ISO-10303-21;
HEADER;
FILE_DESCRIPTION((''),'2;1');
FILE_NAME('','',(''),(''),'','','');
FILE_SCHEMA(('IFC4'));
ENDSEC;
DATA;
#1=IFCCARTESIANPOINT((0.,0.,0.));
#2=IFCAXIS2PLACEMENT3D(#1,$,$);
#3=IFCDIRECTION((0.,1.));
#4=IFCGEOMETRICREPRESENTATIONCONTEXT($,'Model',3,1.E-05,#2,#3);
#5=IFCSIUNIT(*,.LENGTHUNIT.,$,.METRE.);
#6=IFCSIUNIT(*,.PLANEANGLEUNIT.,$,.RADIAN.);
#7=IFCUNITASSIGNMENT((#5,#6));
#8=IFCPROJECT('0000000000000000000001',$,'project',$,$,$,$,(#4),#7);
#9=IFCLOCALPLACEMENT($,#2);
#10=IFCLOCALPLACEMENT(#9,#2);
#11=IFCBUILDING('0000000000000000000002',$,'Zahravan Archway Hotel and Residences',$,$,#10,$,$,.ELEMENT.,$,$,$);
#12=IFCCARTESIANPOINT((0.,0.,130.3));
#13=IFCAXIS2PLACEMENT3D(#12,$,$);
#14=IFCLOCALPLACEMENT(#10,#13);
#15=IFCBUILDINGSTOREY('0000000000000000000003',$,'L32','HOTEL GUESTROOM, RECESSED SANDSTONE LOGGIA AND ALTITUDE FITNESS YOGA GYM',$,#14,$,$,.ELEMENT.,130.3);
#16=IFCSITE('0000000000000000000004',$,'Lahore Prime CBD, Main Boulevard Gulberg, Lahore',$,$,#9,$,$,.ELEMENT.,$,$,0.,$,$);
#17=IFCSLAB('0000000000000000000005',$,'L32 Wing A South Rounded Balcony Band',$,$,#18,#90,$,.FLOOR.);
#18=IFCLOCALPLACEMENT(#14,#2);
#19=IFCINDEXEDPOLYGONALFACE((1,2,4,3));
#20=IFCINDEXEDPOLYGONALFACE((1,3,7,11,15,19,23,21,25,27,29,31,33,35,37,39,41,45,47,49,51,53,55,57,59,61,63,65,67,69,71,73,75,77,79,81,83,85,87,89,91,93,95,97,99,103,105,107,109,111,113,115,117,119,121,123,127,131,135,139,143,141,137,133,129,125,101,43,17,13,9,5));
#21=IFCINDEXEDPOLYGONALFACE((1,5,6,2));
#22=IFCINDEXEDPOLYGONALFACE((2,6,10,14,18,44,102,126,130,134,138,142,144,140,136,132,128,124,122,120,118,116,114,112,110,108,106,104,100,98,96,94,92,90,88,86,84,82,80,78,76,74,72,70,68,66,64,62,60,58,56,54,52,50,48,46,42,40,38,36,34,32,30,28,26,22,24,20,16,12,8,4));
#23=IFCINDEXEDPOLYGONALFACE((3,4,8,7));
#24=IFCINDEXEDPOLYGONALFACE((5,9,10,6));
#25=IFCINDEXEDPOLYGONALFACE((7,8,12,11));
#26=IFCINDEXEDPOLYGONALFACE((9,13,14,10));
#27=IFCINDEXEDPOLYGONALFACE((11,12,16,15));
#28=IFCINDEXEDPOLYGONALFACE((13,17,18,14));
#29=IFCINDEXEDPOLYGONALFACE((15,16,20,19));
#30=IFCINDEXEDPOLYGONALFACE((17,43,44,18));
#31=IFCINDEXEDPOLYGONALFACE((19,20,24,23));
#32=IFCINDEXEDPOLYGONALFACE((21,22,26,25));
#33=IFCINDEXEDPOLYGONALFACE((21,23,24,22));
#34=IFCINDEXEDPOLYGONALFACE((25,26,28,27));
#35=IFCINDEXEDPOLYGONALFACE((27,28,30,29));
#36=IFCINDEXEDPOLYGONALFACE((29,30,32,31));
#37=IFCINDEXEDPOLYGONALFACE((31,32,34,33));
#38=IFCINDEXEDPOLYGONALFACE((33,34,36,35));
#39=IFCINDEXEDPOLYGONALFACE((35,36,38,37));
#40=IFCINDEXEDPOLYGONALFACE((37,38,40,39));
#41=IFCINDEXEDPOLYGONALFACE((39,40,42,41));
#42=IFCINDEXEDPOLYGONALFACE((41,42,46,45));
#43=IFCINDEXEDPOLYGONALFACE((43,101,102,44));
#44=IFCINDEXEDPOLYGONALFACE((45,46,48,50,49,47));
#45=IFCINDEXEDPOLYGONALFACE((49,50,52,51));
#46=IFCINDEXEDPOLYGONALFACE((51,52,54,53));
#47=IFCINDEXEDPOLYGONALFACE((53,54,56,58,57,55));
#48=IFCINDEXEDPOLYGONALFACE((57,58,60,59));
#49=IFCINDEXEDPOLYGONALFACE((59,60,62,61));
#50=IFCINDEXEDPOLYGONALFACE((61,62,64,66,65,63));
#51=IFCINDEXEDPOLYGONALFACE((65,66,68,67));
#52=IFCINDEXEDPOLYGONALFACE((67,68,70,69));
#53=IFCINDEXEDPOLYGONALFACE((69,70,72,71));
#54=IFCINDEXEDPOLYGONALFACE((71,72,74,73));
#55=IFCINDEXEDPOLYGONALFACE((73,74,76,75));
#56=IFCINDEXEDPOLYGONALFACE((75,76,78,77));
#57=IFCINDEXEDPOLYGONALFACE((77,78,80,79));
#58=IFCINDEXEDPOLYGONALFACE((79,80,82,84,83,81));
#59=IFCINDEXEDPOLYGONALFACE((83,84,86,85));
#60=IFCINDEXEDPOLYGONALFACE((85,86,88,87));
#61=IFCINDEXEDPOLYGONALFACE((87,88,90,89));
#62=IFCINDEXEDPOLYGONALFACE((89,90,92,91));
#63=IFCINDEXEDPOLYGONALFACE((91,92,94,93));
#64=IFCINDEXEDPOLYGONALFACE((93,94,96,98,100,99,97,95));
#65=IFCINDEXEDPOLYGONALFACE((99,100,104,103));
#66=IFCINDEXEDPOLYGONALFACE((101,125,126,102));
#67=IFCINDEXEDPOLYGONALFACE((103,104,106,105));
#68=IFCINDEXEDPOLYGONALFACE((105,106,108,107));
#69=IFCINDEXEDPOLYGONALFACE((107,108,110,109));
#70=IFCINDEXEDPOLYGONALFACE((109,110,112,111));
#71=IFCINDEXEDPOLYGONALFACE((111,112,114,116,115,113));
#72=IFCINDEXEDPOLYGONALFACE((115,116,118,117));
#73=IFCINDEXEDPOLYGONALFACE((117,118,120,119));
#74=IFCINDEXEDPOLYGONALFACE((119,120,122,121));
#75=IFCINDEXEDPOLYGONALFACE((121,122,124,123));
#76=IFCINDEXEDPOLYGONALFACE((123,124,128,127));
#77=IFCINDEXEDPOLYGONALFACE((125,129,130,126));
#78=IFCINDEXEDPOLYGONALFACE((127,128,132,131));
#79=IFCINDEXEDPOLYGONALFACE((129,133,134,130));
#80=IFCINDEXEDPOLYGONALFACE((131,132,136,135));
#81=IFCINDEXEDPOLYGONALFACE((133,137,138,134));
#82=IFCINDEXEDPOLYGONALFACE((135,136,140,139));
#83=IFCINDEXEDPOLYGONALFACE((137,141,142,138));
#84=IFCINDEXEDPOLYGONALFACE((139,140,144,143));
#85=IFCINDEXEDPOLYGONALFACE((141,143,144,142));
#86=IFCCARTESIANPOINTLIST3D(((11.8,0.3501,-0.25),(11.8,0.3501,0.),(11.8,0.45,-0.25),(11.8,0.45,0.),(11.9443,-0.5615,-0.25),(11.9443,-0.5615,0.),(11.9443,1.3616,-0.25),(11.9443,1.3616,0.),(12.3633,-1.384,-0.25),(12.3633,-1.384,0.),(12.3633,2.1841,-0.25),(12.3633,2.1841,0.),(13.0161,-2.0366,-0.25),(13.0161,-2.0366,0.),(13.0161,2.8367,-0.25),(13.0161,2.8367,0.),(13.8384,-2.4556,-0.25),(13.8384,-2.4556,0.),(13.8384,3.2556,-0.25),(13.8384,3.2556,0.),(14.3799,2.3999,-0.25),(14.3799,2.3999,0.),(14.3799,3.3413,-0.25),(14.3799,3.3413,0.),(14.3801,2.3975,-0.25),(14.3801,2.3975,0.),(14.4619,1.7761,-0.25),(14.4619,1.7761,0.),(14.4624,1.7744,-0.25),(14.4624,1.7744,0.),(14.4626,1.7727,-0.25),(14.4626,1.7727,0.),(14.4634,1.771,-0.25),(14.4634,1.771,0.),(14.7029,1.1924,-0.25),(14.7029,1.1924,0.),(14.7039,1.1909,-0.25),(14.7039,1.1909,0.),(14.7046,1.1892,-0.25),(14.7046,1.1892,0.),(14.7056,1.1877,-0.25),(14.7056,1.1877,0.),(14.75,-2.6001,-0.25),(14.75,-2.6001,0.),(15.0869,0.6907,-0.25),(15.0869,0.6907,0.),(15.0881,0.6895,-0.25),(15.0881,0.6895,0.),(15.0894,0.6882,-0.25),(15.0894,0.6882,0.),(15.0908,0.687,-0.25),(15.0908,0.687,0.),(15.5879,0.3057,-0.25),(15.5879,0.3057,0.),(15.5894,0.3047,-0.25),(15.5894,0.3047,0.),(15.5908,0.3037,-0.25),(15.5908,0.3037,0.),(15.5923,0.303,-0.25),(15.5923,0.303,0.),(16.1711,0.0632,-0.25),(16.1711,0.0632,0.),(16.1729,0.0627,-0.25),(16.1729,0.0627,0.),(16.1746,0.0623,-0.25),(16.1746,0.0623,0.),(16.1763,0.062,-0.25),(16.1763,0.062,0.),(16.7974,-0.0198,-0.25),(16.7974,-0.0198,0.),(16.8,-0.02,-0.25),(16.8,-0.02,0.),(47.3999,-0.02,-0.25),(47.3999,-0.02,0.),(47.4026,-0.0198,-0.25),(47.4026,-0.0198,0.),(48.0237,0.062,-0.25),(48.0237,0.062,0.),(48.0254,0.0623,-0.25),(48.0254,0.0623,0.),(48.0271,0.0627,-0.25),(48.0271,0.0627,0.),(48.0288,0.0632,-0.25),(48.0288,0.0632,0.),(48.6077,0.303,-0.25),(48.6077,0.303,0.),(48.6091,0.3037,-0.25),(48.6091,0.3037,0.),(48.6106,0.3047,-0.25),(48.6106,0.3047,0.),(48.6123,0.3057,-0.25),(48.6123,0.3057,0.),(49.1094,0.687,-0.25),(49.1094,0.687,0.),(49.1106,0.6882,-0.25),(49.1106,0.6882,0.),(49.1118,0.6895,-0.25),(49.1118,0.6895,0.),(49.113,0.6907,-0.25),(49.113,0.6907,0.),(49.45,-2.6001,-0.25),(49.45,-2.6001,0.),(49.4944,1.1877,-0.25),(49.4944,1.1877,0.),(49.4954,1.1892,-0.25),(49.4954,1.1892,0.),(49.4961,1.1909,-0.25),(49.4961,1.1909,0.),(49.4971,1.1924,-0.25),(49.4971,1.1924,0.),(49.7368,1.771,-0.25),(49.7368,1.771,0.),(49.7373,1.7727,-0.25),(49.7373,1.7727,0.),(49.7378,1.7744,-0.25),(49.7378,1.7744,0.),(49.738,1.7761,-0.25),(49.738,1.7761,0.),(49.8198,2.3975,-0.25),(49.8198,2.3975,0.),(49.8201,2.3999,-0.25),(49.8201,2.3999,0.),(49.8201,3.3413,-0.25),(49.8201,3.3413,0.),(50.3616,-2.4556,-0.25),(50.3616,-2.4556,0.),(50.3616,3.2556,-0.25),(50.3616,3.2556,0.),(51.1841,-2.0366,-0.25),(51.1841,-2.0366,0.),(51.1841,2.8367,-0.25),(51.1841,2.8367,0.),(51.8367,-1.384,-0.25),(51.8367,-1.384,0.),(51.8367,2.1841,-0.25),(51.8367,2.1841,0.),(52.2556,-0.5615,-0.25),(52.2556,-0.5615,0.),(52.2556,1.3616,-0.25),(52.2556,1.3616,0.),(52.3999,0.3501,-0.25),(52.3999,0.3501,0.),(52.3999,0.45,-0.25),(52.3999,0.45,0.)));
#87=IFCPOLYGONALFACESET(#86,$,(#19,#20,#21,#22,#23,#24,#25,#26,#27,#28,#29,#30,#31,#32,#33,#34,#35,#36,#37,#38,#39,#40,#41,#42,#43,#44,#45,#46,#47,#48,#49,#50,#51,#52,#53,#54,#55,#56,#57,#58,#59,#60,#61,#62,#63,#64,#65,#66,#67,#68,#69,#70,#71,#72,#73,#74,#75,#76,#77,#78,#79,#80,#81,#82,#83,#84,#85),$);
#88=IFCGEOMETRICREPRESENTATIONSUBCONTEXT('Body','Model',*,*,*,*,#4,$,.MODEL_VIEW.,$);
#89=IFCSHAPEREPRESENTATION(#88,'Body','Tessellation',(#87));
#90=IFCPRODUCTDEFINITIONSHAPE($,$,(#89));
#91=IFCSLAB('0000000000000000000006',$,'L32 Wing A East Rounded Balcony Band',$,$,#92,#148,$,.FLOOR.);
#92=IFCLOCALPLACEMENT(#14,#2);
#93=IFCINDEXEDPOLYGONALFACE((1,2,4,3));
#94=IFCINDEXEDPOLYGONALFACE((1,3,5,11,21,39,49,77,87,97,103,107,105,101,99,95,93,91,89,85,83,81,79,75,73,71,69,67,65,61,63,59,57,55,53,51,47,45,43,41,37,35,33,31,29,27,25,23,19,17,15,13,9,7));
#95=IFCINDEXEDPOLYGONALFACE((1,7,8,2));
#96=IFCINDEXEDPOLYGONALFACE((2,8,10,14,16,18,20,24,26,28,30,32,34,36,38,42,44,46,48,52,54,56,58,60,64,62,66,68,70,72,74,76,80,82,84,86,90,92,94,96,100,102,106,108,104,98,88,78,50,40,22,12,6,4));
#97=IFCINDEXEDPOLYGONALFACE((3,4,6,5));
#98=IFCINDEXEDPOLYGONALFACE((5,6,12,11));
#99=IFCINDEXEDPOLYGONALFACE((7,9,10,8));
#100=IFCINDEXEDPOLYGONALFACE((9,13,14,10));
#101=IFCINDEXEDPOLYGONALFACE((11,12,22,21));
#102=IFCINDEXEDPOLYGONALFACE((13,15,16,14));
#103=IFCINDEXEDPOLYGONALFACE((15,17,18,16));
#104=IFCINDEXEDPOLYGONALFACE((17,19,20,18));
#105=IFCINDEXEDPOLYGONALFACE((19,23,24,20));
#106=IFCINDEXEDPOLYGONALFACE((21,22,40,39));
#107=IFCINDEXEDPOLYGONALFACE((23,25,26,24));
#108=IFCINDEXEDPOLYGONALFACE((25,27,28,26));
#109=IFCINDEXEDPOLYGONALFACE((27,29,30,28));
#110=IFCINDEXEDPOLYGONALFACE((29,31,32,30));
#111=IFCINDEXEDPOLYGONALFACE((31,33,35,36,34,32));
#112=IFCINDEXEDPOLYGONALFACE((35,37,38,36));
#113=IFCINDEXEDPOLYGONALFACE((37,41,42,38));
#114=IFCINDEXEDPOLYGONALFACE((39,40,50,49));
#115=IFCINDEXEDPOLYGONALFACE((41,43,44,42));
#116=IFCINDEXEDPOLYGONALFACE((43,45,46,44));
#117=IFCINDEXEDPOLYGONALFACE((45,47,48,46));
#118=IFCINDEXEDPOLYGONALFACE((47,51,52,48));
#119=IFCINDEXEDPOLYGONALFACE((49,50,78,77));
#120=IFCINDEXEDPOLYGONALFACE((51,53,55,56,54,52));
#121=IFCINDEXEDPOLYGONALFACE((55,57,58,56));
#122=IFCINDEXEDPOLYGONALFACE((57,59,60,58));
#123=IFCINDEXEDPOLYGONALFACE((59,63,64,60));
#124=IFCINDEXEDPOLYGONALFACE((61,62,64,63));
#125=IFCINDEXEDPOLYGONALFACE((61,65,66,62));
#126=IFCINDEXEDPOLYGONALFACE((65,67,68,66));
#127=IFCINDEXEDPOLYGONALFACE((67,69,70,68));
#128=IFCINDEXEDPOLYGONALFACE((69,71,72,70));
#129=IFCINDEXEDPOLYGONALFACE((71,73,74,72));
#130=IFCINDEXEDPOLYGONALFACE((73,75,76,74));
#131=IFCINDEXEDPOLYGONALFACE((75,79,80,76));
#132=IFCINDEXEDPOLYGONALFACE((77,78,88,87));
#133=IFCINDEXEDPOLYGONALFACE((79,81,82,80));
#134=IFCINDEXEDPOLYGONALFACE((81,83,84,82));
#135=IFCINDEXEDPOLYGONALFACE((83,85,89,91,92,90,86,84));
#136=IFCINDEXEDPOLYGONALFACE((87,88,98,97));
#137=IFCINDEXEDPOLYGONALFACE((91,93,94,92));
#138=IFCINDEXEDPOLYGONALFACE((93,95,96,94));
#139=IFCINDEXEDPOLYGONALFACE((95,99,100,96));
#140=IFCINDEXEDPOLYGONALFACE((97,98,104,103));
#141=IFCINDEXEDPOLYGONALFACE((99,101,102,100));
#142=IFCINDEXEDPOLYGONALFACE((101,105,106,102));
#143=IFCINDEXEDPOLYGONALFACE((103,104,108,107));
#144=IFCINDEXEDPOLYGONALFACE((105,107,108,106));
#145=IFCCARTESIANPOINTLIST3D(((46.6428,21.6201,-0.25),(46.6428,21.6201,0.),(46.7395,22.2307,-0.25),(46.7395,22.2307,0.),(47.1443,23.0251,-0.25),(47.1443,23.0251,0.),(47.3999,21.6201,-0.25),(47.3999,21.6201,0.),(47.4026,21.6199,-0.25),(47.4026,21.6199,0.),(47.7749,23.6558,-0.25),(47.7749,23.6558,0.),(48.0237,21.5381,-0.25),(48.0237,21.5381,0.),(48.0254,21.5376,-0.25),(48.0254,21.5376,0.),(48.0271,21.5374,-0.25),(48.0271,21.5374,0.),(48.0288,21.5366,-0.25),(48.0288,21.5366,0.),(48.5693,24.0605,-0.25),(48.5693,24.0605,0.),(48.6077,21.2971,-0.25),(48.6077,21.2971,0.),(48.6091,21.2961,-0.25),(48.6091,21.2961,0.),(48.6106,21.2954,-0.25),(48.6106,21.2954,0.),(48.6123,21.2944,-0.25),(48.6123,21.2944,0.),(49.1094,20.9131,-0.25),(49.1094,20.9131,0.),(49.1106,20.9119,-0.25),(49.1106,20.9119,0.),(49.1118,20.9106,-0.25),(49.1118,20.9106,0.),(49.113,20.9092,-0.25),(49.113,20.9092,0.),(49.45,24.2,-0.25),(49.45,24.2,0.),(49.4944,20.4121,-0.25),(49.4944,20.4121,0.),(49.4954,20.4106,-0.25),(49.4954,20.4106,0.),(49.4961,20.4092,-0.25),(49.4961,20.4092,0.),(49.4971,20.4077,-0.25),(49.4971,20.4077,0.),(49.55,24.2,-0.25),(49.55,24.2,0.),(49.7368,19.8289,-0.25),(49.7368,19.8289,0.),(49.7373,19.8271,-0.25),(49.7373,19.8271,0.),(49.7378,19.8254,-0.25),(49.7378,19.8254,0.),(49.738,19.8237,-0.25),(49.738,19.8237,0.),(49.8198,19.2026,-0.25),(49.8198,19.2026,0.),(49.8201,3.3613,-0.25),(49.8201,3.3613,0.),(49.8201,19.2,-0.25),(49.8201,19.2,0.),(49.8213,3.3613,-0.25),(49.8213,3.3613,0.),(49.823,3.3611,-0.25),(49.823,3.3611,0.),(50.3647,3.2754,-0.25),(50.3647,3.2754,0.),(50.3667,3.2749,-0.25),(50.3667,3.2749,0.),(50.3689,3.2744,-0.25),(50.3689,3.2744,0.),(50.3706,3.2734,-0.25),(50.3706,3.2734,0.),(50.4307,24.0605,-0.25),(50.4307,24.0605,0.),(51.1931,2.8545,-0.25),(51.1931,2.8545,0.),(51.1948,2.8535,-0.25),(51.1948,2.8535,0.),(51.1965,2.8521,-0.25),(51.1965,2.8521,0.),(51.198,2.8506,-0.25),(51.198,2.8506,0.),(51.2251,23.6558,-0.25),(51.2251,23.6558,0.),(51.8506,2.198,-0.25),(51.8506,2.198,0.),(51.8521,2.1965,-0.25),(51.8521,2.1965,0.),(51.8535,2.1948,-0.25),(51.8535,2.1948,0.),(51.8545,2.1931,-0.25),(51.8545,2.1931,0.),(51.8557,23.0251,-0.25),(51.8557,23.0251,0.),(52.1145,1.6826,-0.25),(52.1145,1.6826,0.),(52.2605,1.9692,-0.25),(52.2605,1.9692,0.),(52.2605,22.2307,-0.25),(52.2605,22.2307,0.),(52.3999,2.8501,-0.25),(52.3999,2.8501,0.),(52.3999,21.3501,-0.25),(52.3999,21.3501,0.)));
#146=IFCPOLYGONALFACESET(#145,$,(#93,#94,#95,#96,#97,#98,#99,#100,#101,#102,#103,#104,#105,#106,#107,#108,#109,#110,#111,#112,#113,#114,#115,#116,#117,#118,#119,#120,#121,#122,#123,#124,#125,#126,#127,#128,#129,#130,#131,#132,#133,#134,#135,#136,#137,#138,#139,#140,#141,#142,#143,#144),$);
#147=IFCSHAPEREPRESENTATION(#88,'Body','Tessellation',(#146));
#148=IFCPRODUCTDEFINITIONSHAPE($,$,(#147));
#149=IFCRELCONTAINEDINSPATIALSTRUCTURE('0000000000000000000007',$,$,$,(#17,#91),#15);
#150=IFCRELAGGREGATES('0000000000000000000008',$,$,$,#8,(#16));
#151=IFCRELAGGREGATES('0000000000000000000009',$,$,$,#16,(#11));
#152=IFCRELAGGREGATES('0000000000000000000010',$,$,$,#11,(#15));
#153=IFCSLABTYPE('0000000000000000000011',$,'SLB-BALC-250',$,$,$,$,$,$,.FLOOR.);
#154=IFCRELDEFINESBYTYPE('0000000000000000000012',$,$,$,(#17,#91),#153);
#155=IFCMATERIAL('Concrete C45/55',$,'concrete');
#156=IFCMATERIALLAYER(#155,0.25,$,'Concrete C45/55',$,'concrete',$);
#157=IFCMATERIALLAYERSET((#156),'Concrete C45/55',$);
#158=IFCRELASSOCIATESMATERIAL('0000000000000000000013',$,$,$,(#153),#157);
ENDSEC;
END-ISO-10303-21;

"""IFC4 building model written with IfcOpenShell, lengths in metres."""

from ifc_helpers import new_model, si_unit, direction, frame, origin, place, context, subcontext, project, spatial, polyline, outline, extrude, material, layer, layer_set, type_object, element, save


model = new_model("IFC4")

# Units and contexts
model_context = context("Model", 3, precision=1e-05, world=origin(), true_north=direction((0.0, 1.0)))
body_context = subcontext(model_context, "Body", "Model", "MODEL_VIEW")
ifc_project = project(units=[si_unit("LENGTHUNIT", "METRE"), si_unit("PLANEANGLEUNIT", "RADIAN")], contexts=[model_context])

# Site, building, storey
site_placement = place(None, origin())
site = spatial("IfcSite", under=ifc_project, at=site_placement, Name="Lahore Prime CBD, Main Boulevard Gulberg, Lahore", CompositionType="ELEMENT", RefElevation=0.0)
building_placement = place(site_placement, origin())
building = spatial("IfcBuilding", under=site, at=building_placement, Name="Zahravan Archway Hotel and Residences", CompositionType="ELEMENT")
storey_placement = place(building_placement, frame((0.0, 0.0, 130.3)))
storey = spatial("IfcBuildingStorey", under=building, at=storey_placement, Name="L32", Description="HOTEL GUESTROOM, RECESSED SANDSTONE LOGGIA AND ALTITUDE FITNESS YOGA GYM", CompositionType="ELEMENT", Elevation=130.3)

# Slabs
ifc_material_1 = material(Name="Concrete C45/55", Category="concrete")
ifc_layer_1 = layer(ifc_material_1, 0.25, Name="Concrete C45/55", Category="concrete")
ifc_layer_set_1 = layer_set([ifc_layer_1], Name="Concrete C45/55")
slab_type_1 = type_object("IfcSlabType", Name="SLB-BALC-250", PredefinedType="FLOOR", material=ifc_layer_set_1)
slab_1_placement = place(storey_placement, frame((0.0, 0.0, -0.25)))
element("IfcSlab", 1, at=slab_1_placement, inside=storey, type_object=slab_type_1, Name="L32 Wing A South Rounded Balcony Band", PredefinedType="FLOOR", context=body_context, shape_type="SweptSolid", body=[
    extrude(outline(polyline([(50.3616, 3.2556), (51.1841, 2.8367), (51.8367, 2.1841), (52.2556, 1.3616), (52.3999, 0.45), (52.3999, 0.3501), (52.2556, -0.5615), (51.8367, -1.384), (51.1841, -2.0366), (50.3616, -2.4556), (49.45, -2.6001), (14.75, -2.6001), (13.8384, -2.4556), (13.0161, -2.0366), (12.3633, -1.384), (11.9443, -0.5615), (11.8, 0.3501), (11.8, 0.45), (11.9443, 1.3616), (12.3633, 2.1841), (13.0161, 2.8367), (13.8384, 3.2556), (14.3799, 3.3413), (14.3799, 2.3999), (14.3801, 2.3975), (14.4619, 1.7761), (14.4624, 1.7744), (14.4626, 1.7727), (14.4634, 1.771), (14.7029, 1.1924), (14.7039, 1.1909), (14.7046, 1.1892), (14.7056, 1.1877), (15.0869, 0.6907), (15.0881, 0.6895), (15.0894, 0.6882), (15.0908, 0.687), (15.5879, 0.3057), (15.5894, 0.3047), (15.5908, 0.3037), (15.5923, 0.303), (16.1711, 0.0632), (16.1729, 0.0627), (16.1746, 0.0623), (16.1763, 0.062), (16.7974, -0.0198), (16.8, -0.02), (47.3999, -0.02), (47.4026, -0.0198), (48.0237, 0.062), (48.0254, 0.0623), (48.0271, 0.0627), (48.0288, 0.0632), (48.6077, 0.303), (48.6091, 0.3037), (48.6106, 0.3047), (48.6123, 0.3057), (49.1094, 0.687), (49.1106, 0.6882), (49.1118, 0.6895), (49.113, 0.6907), (49.4944, 1.1877), (49.4954, 1.1892), (49.4961, 1.1909), (49.4971, 1.1924), (49.7368, 1.771), (49.7373, 1.7727), (49.7378, 1.7744), (49.738, 1.7761), (49.8198, 2.3975), (49.8201, 2.3999), (49.8201, 3.3413), (50.3616, 3.2556)])), origin(), (0.0, 0.0, 1.0), 0.25),
])
slab_2_placement = place(storey_placement, frame((0.0, 0.0, -0.25)))
element("IfcSlab", 2, at=slab_2_placement, inside=storey, type_object=slab_type_1, Name="L32 Wing A East Rounded Balcony Band", PredefinedType="FLOOR", context=body_context, shape_type="SweptSolid", body=[
    extrude(outline(polyline([(46.7395, 22.2307), (47.1443, 23.0251), (47.7749, 23.6558), (48.5693, 24.0605), (49.45, 24.2), (49.55, 24.2), (50.4307, 24.0605), (51.2251, 23.6558), (51.8557, 23.0251), (52.2605, 22.2307), (52.3999, 21.3501), (52.3999, 2.8501), (52.2605, 1.9692), (52.1145, 1.6826), (51.8545, 2.1931), (51.8535, 2.1948), (51.8521, 2.1965), (51.8506, 2.198), (51.198, 2.8506), (51.1965, 2.8521), (51.1948, 2.8535), (51.1931, 2.8545), (50.3706, 3.2734), (50.3689, 3.2744), (50.3667, 3.2749), (50.3647, 3.2754), (49.823, 3.3611), (49.8213, 3.3613), (49.8201, 3.3613), (49.8201, 19.2), (49.8198, 19.2026), (49.738, 19.8237), (49.7378, 19.8254), (49.7373, 19.8271), (49.7368, 19.8289), (49.4971, 20.4077), (49.4961, 20.4092), (49.4954, 20.4106), (49.4944, 20.4121), (49.113, 20.9092), (49.1118, 20.9106), (49.1106, 20.9119), (49.1094, 20.9131), (48.6123, 21.2944), (48.6106, 21.2954), (48.6091, 21.2961), (48.6077, 21.2971), (48.0288, 21.5366), (48.0271, 21.5374), (48.0254, 21.5376), (48.0237, 21.5381), (47.4026, 21.6199), (47.3999, 21.6201), (46.6428, 21.6201), (46.7395, 22.2307)])), origin(), (0.0, 0.0, 1.0), 0.25),
])

save(model, "model.ifc")
